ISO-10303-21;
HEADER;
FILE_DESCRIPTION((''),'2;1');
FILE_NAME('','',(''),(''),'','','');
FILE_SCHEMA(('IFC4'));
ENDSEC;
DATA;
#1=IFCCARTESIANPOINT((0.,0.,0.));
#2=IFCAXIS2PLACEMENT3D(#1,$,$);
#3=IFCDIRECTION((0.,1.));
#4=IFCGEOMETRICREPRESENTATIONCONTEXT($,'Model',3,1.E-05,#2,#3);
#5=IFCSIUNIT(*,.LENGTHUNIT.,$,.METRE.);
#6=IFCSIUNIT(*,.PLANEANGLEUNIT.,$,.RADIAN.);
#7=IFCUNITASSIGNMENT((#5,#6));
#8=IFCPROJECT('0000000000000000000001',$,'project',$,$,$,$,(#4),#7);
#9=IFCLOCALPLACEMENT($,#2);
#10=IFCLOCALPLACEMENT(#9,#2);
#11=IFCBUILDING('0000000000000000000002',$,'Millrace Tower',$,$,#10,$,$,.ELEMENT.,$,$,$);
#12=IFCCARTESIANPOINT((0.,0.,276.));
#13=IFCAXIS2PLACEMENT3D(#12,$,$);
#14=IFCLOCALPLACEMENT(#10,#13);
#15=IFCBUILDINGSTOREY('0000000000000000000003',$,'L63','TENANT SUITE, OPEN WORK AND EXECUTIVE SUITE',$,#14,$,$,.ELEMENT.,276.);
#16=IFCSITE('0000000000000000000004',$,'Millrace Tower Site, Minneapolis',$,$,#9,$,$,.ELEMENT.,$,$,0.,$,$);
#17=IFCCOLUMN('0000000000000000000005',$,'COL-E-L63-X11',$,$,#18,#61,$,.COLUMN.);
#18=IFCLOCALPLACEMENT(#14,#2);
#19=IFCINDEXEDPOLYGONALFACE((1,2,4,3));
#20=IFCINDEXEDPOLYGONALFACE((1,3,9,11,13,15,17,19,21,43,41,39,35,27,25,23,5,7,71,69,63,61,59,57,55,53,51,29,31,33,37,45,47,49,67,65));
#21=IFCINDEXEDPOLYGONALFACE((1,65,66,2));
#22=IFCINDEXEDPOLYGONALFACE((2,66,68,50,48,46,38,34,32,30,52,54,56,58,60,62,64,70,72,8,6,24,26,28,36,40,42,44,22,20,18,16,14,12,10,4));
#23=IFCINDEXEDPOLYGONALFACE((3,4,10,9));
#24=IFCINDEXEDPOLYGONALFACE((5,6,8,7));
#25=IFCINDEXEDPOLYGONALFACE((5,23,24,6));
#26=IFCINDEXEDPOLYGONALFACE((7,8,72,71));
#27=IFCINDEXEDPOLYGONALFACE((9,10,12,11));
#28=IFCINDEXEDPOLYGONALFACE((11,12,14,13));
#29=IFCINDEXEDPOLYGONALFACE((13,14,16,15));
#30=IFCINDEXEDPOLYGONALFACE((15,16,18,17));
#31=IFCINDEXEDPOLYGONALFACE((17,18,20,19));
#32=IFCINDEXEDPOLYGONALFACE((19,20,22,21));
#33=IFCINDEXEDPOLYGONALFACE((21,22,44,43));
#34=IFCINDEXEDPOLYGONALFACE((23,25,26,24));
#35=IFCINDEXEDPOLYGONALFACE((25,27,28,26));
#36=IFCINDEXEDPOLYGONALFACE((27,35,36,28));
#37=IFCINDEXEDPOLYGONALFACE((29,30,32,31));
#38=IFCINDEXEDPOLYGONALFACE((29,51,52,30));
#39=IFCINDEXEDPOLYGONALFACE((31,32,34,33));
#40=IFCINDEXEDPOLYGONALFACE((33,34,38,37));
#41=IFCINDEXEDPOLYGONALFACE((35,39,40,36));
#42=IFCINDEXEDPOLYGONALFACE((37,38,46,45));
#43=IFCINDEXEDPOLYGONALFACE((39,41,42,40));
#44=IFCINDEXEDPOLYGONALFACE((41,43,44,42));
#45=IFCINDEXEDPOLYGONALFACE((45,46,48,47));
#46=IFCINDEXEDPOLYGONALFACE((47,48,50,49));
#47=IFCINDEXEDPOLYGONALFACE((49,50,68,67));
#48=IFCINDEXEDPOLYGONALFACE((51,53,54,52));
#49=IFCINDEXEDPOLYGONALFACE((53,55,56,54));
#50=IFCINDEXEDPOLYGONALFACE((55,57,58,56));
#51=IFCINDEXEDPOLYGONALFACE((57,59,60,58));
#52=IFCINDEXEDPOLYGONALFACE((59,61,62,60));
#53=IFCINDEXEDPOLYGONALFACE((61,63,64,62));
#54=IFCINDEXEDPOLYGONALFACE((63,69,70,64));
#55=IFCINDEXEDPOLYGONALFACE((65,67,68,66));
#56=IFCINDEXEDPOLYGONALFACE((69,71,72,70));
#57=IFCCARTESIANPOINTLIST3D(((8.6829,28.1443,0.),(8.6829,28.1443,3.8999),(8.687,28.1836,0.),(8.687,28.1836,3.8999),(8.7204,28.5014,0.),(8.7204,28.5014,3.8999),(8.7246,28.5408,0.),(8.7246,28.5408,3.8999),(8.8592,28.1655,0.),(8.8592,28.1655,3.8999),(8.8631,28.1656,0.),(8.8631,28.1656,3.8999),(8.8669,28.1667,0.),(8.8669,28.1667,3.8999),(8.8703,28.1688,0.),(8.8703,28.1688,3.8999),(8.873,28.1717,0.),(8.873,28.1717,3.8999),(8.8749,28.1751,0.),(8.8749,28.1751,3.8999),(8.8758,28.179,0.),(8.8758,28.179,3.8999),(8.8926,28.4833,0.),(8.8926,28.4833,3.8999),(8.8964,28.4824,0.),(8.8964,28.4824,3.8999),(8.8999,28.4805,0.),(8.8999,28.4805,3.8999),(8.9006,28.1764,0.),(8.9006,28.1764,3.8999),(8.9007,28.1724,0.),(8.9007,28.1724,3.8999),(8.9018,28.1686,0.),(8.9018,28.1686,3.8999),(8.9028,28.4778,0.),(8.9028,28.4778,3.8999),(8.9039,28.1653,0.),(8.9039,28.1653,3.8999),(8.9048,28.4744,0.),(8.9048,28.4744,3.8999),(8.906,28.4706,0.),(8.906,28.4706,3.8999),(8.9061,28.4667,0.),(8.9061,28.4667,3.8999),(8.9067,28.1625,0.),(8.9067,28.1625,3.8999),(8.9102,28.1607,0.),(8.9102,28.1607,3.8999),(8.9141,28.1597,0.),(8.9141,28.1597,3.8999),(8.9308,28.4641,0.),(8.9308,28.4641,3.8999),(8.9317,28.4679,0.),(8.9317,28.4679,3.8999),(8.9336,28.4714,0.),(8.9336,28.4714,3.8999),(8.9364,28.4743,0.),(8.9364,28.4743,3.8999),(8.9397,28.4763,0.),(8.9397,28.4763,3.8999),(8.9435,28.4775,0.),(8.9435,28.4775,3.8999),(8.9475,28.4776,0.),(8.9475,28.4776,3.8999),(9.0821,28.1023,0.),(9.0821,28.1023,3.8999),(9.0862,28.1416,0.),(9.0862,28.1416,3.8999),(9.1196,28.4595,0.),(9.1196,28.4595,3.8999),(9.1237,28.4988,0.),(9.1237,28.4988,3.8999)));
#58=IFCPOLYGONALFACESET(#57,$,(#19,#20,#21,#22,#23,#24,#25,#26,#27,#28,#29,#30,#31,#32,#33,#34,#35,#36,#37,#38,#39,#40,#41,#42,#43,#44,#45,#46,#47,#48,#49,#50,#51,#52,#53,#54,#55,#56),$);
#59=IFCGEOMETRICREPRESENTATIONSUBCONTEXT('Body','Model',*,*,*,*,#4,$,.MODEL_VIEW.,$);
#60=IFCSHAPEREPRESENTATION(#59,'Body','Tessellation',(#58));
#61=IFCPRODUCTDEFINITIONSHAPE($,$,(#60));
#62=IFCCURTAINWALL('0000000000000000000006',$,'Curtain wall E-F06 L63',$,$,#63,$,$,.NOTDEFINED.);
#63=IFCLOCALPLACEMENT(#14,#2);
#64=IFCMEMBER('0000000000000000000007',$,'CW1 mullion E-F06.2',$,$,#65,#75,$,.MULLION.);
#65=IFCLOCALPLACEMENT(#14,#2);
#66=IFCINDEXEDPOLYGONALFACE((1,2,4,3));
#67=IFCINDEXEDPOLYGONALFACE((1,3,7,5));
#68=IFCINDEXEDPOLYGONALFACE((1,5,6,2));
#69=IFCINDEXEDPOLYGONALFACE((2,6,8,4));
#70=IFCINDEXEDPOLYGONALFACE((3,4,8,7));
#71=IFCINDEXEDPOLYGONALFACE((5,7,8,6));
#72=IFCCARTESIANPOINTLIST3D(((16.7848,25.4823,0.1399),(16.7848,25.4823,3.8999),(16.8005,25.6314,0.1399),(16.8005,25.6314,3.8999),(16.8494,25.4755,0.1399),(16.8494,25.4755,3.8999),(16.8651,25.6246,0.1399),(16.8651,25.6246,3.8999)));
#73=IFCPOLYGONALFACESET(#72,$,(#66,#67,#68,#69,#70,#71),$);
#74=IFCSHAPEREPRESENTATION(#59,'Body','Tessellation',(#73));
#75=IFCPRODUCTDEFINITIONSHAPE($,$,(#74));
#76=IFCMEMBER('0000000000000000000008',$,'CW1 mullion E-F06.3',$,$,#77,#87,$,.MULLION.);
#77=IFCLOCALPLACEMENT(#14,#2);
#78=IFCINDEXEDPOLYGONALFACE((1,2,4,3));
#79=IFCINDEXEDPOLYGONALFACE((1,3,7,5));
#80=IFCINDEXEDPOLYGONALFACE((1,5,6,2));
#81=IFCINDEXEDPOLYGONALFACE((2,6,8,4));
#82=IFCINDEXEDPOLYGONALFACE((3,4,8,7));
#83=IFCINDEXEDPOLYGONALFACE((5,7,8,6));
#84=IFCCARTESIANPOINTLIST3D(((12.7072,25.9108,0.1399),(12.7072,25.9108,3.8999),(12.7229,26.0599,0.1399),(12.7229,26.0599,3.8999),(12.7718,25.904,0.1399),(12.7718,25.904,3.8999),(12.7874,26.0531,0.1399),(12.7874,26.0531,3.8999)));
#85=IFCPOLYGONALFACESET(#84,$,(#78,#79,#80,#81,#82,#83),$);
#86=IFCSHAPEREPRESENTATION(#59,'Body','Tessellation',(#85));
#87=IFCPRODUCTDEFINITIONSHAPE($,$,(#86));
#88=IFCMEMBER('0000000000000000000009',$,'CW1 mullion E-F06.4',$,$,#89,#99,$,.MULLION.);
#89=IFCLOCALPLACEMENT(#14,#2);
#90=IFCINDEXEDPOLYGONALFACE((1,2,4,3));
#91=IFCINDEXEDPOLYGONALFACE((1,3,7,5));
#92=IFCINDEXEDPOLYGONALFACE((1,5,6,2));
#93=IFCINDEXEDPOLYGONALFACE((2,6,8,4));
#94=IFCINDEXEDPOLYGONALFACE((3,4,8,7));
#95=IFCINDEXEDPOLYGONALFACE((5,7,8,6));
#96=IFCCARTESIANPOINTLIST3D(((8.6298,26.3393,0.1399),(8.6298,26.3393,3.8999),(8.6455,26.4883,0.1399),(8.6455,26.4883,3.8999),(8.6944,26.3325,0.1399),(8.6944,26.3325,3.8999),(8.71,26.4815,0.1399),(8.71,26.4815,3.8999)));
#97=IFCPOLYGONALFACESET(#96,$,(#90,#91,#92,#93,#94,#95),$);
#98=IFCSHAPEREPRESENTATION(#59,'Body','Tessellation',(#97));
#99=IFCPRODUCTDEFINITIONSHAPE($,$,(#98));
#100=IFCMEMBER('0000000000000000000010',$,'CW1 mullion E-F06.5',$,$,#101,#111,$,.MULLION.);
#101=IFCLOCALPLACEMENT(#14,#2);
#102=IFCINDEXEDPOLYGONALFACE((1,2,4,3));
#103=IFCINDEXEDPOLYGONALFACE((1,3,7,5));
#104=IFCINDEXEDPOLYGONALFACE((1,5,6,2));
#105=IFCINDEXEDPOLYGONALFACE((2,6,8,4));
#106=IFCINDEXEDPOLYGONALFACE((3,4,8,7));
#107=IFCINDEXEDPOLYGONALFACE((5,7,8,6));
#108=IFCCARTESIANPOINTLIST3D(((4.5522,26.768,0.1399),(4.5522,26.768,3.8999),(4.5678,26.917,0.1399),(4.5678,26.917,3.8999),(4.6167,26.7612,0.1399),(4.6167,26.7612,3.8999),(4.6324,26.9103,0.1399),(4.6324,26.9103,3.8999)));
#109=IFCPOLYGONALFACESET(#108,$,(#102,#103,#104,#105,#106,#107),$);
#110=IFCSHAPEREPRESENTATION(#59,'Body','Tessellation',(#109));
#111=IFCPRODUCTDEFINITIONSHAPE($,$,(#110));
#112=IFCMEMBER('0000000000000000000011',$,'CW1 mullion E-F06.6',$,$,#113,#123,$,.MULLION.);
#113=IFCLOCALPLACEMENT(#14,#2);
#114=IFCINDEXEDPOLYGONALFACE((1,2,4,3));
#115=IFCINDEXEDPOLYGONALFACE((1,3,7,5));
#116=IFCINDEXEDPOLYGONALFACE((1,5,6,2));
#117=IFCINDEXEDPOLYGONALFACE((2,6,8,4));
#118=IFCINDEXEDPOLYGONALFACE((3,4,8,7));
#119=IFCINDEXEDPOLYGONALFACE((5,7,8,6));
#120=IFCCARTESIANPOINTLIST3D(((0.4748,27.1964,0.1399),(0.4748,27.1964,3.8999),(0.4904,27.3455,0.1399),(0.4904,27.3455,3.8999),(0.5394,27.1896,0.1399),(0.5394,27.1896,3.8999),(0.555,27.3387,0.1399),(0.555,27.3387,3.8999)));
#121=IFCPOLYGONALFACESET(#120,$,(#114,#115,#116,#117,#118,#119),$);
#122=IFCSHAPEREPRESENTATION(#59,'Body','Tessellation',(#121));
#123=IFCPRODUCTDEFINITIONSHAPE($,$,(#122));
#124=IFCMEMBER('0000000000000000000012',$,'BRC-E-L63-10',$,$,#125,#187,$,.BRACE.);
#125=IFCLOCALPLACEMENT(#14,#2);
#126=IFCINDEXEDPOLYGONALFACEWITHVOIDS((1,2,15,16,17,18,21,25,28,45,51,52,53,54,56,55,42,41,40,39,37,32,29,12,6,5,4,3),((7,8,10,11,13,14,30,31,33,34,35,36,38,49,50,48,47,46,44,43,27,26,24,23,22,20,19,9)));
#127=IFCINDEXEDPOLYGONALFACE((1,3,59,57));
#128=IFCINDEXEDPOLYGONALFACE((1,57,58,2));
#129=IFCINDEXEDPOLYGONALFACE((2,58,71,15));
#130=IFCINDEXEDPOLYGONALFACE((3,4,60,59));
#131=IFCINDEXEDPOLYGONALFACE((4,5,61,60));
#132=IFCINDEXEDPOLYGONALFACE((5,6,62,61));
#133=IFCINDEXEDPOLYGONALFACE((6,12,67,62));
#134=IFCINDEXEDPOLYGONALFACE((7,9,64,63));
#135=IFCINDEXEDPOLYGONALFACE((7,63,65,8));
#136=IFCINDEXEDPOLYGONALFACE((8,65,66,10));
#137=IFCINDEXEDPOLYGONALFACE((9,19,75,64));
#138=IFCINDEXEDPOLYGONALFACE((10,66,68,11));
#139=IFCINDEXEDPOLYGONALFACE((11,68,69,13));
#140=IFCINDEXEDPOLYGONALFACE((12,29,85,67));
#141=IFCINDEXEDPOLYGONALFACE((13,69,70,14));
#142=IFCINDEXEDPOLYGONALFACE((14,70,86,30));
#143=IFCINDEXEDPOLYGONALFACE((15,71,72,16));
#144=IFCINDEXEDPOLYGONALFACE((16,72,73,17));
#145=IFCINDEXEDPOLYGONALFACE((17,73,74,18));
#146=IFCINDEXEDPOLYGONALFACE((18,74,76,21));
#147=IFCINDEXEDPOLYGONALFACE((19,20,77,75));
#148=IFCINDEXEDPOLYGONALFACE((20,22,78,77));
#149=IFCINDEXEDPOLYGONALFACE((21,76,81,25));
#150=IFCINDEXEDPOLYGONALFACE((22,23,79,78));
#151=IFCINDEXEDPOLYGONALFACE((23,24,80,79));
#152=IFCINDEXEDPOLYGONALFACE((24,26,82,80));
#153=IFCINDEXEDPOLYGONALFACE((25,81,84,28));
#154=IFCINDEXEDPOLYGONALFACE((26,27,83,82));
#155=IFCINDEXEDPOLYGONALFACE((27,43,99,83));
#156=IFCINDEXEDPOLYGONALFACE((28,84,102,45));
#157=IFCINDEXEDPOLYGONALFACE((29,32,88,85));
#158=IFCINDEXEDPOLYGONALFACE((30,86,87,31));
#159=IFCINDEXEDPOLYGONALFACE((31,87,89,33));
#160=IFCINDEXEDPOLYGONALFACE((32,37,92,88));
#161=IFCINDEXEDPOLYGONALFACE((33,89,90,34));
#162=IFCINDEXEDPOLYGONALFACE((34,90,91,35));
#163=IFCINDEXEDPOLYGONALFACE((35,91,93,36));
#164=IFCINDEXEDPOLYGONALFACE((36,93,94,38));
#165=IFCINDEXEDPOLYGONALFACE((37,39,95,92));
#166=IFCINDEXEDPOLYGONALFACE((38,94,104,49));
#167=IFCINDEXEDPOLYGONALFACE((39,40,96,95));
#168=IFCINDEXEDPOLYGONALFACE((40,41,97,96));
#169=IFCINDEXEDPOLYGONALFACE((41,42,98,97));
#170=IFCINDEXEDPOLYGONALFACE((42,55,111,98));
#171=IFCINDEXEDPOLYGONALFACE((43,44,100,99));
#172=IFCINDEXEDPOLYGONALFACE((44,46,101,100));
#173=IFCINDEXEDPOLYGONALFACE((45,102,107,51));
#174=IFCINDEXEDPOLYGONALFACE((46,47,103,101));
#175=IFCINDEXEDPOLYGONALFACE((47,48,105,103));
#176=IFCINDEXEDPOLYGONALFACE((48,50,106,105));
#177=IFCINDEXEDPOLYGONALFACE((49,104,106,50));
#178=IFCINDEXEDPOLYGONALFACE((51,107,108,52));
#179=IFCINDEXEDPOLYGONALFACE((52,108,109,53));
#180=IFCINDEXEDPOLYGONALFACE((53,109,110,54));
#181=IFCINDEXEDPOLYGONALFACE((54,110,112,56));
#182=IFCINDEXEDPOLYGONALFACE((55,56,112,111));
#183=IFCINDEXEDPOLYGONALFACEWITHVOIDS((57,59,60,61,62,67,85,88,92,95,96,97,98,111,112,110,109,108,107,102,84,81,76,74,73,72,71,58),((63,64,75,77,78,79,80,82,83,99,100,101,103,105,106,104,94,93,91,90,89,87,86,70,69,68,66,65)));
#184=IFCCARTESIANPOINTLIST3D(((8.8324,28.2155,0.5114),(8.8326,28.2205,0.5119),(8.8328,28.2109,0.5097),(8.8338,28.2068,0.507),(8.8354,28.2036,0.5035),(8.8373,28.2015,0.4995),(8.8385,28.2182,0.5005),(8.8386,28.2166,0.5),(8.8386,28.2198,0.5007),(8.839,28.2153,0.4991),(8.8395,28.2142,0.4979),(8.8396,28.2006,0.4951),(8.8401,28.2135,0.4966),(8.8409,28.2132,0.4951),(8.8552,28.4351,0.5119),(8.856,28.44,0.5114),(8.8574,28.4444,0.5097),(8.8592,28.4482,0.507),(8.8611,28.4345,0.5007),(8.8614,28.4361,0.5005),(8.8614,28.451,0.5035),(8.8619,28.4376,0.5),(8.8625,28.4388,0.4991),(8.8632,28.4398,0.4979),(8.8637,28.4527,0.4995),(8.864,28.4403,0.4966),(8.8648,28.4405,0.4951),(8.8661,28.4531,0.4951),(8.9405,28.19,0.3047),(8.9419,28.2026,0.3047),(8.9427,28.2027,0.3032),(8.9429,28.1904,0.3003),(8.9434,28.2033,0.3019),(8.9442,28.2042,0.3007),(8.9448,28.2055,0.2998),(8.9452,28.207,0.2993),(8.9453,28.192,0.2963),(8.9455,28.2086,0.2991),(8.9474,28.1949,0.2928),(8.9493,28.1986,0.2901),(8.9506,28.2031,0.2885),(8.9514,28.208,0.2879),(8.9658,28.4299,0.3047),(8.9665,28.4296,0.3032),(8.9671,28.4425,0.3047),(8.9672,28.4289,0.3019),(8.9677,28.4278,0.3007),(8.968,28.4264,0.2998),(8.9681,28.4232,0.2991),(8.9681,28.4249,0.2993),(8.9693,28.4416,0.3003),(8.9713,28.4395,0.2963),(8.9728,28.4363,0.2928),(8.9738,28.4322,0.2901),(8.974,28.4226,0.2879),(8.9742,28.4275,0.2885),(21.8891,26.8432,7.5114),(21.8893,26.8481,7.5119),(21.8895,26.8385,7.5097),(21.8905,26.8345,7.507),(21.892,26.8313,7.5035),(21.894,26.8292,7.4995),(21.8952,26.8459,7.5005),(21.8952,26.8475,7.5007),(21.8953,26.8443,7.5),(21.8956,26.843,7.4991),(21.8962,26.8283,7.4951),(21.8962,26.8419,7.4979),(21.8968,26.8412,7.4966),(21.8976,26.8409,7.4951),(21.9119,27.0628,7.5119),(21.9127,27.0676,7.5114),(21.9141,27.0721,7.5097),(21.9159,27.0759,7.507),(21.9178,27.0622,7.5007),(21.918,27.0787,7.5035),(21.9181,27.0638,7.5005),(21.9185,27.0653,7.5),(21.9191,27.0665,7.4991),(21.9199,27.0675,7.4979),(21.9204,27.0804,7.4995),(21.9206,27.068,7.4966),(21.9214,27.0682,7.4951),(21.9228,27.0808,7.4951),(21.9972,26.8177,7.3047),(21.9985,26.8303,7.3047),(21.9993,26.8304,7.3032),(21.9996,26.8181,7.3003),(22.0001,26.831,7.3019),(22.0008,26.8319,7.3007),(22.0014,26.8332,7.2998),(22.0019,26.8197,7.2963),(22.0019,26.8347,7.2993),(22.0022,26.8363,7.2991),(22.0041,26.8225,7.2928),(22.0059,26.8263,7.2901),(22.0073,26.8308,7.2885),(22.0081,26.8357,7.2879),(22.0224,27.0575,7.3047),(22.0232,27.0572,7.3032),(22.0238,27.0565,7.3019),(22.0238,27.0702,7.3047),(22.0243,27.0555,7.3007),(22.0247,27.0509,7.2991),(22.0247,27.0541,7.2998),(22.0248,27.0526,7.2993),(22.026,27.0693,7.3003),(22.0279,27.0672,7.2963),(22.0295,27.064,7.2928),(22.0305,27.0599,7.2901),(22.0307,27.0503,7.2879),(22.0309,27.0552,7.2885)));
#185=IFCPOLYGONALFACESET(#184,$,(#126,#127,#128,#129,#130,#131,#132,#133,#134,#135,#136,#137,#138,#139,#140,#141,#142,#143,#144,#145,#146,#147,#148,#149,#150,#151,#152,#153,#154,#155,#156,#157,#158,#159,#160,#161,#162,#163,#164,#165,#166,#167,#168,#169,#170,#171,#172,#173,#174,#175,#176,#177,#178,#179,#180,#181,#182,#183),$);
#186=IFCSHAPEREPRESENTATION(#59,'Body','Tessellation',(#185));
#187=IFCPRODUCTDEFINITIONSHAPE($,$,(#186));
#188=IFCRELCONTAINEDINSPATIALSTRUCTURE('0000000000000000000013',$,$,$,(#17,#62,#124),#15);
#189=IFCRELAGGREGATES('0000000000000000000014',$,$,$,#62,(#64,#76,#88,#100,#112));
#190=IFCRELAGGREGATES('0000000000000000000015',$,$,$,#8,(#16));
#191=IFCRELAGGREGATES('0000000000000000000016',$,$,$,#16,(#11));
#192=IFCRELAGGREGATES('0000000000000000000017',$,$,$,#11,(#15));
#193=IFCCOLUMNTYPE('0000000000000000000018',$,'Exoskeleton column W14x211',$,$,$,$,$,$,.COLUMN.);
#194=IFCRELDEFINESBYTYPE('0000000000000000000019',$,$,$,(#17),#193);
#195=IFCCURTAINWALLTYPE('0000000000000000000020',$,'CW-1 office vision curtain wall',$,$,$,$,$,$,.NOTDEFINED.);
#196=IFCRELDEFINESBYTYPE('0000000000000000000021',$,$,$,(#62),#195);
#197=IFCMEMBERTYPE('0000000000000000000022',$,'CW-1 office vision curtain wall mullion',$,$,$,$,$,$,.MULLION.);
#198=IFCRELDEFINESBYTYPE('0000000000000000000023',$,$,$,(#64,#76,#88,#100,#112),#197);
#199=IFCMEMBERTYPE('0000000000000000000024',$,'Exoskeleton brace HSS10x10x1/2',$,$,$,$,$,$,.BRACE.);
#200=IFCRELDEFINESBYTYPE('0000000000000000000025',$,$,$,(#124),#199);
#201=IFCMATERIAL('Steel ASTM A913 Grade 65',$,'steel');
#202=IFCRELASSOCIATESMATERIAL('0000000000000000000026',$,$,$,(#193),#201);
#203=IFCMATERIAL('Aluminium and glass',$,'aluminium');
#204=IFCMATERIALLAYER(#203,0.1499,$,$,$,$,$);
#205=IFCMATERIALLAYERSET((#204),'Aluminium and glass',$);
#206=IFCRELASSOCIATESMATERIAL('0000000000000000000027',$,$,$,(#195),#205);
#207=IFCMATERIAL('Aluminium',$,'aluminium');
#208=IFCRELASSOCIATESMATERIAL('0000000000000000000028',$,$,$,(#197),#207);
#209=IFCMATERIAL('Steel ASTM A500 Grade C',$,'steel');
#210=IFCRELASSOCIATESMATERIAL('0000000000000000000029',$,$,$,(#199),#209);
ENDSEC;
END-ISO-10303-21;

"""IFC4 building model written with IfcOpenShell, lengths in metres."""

from ifc_helpers import new_model, si_unit, direction, frame, origin, origin_2d, place, context, subcontext, project, spatial, rectangle, hollow_rectangle, i_section, extrude, material, layer, layer_set, material_profile, profile_set, type_object, element, aggregate, save


model = new_model("IFC4")

# Units and contexts
model_context = context("Model", 3, precision=1e-05, world=origin(), true_north=direction((0.0, 1.0)))
body_context = subcontext(model_context, "Body", "Model", "MODEL_VIEW")
ifc_project = project(units=[si_unit("LENGTHUNIT", "METRE"), si_unit("PLANEANGLEUNIT", "RADIAN")], contexts=[model_context])

# Site, building, storey
site_placement = place(None, origin())
site = spatial("IfcSite", under=ifc_project, at=site_placement, Name="Millrace Tower Site, Minneapolis", CompositionType="ELEMENT", RefElevation=0.0)
building_placement = place(site_placement, origin())
building = spatial("IfcBuilding", under=site, at=building_placement, Name="Millrace Tower", CompositionType="ELEMENT")
storey_placement = place(building_placement, frame((0.0, 0.0, 276.0)))
storey = spatial("IfcBuildingStorey", under=building, at=storey_placement, Name="L63", Description="TENANT SUITE, OPEN WORK AND EXECUTIVE SUITE", CompositionType="ELEMENT", Elevation=276.0)

# Column
ifc_material_1 = material(Name="Steel ASTM A913 Grade 65", Category="steel")
ifc_material_profile_1 = material_profile(ifc_material_1, i_section(OverallWidth=0.4014, OverallDepth=0.3987, WebThickness=0.0249, FlangeThickness=0.0396, FilletRadius=0.0151, at=origin_2d()))
ifc_profile_set_1 = profile_set([ifc_material_profile_1], Name="Steel ASTM A913 Grade 65")
column_type = type_object("IfcColumnType", Name="Exoskeleton column W14x211", PredefinedType="COLUMN", material=ifc_profile_set_1)
column_placement = place(storey_placement, frame((8.9033, 28.3215, 0.0), z_axis=(0.0, 0.0, 1.0), x_axis=(-0.994522, 0.104528, 0.0)))
element("IfcColumn", 1, at=column_placement, inside=storey, type_object=column_type, Name="COL-E-L63-X11", PredefinedType="COLUMN", context=body_context, shape_type="SweptSolid", body=[
    extrude(i_section(OverallWidth=0.4014, OverallDepth=0.3987, WebThickness=0.0249, FlangeThickness=0.0396, FilletRadius=0.0151, at=origin_2d()), origin(), (0.0, 0.0, 1.0), 3.8999),
])

# Curtain wall, members
ifc_material_2 = material(Name="Aluminium and glass", Category="aluminium")
ifc_layer_1 = layer(ifc_material_2, 0.1499)
ifc_layer_set_1 = layer_set([ifc_layer_1], Name="Aluminium and glass")
curtain_wall_type = type_object("IfcCurtainWallType", Name="CW-1 office vision curtain wall", PredefinedType="NOTDEFINED", material=ifc_layer_set_1)
curtain_wall_placement = place(storey_placement, origin())
curtain_wall = element("IfcCurtainWall", 2, at=curtain_wall_placement, inside=storey, type_object=curtain_wall_type, Name="Curtain wall E-F06 L63", PredefinedType="NOTDEFINED")
ifc_material_3 = material(Name="Aluminium", Category="aluminium")
ifc_material_profile_2 = material_profile(ifc_material_3, rectangle(XDim=0.0649, YDim=0.1499, at=origin_2d()))
ifc_profile_set_2 = profile_set([ifc_material_profile_2], Name="Aluminium")
member_type_1 = type_object("IfcMemberType", Name="CW-1 office vision curtain wall mullion", PredefinedType="MULLION", material=ifc_profile_set_2)
member_1_placement = place(storey_placement, frame((16.825, 25.5535, 0.1399), z_axis=(0.0, 0.0, 1.0), x_axis=(-0.994522, 0.104528, 0.0)))
member_1 = element("IfcMember", 3, at=member_1_placement, type_object=member_type_1, Name="CW1 mullion E-F06.2", PredefinedType="MULLION", context=body_context, shape_type="SweptSolid", body=[
    extrude(rectangle(XDim=0.0649, YDim=0.1499, at=origin_2d()), origin(), (0.0, 0.0, 1.0), 3.76),
])
member_2_placement = place(storey_placement, frame((12.7473, 25.9819, 0.1399), z_axis=(0.0, 0.0, 1.0), x_axis=(-0.994522, 0.104528, 0.0)))
member_2 = element("IfcMember", 4, at=member_2_placement, type_object=member_type_1, Name="CW1 mullion E-F06.3", PredefinedType="MULLION", context=body_context, shape_type="SweptSolid", body=[
    extrude(rectangle(XDim=0.0649, YDim=0.1499, at=origin_2d()), origin(), (0.0, 0.0, 1.0), 3.76),
])
member_3_placement = place(storey_placement, frame((8.6699, 26.4104, 0.1399), z_axis=(0.0, 0.0, 1.0), x_axis=(-0.994522, 0.104528, 0.0)))
member_3 = element("IfcMember", 5, at=member_3_placement, type_object=member_type_1, Name="CW1 mullion E-F06.4", PredefinedType="MULLION", context=body_context, shape_type="SweptSolid", body=[
    extrude(rectangle(XDim=0.0649, YDim=0.1499, at=origin_2d()), origin(), (0.0, 0.0, 1.0), 3.76),
])
member_4_placement = place(storey_placement, frame((4.5923, 26.8391, 0.1399), z_axis=(0.0, 0.0, 1.0), x_axis=(-0.994522, 0.104528, 0.0)))
member_4 = element("IfcMember", 6, at=member_4_placement, type_object=member_type_1, Name="CW1 mullion E-F06.5", PredefinedType="MULLION", context=body_context, shape_type="SweptSolid", body=[
    extrude(rectangle(XDim=0.0649, YDim=0.1499, at=origin_2d()), origin(), (0.0, 0.0, 1.0), 3.76),
])
member_5_placement = place(storey_placement, frame((0.5149, 27.2676, 0.1399), z_axis=(0.0, 0.0, 1.0), x_axis=(-0.994522, 0.104528, 0.0)))
member_5 = element("IfcMember", 7, at=member_5_placement, type_object=member_type_1, Name="CW1 mullion E-F06.6", PredefinedType="MULLION", context=body_context, shape_type="SweptSolid", body=[
    extrude(rectangle(XDim=0.0649, YDim=0.1499, at=origin_2d()), origin(), (0.0, 0.0, 1.0), 3.76),
])
aggregate(curtain_wall, [member_1, member_2, member_3, member_4, member_5])

# Member
ifc_material_4 = material(Name="Steel ASTM A500 Grade C", Category="steel")
ifc_material_profile_3 = material_profile(ifc_material_4, hollow_rectangle(XDim=0.2539, YDim=0.2539, WallThickness=0.0127, InnerFilletRadius=0.0063, OuterFilletRadius=0.019, at=origin_2d()))
ifc_profile_set_3 = profile_set([ifc_material_profile_3], Name="Steel ASTM A500 Grade C")
member_type_2 = type_object("IfcMemberType", Name="Exoskeleton brace HSS10x10x1/2", PredefinedType="BRACE", material=ifc_profile_set_3)
member_6_placement = place(storey_placement, frame((8.9033, 28.3215, 0.3999), z_axis=(0.877572, -0.092237, 0.470489), x_axis=(0.104529, 0.994522, 0.0)))
element("IfcMember", 8, at=member_6_placement, inside=storey, type_object=member_type_2, Name="BRC-E-L63-10", PredefinedType="BRACE", context=body_context, shape_type="SweptSolid", body=[
    extrude(hollow_rectangle(XDim=0.2539, YDim=0.2539, WallThickness=0.0127, InnerFilletRadius=0.0063, OuterFilletRadius=0.019, at=origin_2d()), origin(), (0.0, 0.0, 1.0), 14.8782),
])

save(model, "model.ifc")
